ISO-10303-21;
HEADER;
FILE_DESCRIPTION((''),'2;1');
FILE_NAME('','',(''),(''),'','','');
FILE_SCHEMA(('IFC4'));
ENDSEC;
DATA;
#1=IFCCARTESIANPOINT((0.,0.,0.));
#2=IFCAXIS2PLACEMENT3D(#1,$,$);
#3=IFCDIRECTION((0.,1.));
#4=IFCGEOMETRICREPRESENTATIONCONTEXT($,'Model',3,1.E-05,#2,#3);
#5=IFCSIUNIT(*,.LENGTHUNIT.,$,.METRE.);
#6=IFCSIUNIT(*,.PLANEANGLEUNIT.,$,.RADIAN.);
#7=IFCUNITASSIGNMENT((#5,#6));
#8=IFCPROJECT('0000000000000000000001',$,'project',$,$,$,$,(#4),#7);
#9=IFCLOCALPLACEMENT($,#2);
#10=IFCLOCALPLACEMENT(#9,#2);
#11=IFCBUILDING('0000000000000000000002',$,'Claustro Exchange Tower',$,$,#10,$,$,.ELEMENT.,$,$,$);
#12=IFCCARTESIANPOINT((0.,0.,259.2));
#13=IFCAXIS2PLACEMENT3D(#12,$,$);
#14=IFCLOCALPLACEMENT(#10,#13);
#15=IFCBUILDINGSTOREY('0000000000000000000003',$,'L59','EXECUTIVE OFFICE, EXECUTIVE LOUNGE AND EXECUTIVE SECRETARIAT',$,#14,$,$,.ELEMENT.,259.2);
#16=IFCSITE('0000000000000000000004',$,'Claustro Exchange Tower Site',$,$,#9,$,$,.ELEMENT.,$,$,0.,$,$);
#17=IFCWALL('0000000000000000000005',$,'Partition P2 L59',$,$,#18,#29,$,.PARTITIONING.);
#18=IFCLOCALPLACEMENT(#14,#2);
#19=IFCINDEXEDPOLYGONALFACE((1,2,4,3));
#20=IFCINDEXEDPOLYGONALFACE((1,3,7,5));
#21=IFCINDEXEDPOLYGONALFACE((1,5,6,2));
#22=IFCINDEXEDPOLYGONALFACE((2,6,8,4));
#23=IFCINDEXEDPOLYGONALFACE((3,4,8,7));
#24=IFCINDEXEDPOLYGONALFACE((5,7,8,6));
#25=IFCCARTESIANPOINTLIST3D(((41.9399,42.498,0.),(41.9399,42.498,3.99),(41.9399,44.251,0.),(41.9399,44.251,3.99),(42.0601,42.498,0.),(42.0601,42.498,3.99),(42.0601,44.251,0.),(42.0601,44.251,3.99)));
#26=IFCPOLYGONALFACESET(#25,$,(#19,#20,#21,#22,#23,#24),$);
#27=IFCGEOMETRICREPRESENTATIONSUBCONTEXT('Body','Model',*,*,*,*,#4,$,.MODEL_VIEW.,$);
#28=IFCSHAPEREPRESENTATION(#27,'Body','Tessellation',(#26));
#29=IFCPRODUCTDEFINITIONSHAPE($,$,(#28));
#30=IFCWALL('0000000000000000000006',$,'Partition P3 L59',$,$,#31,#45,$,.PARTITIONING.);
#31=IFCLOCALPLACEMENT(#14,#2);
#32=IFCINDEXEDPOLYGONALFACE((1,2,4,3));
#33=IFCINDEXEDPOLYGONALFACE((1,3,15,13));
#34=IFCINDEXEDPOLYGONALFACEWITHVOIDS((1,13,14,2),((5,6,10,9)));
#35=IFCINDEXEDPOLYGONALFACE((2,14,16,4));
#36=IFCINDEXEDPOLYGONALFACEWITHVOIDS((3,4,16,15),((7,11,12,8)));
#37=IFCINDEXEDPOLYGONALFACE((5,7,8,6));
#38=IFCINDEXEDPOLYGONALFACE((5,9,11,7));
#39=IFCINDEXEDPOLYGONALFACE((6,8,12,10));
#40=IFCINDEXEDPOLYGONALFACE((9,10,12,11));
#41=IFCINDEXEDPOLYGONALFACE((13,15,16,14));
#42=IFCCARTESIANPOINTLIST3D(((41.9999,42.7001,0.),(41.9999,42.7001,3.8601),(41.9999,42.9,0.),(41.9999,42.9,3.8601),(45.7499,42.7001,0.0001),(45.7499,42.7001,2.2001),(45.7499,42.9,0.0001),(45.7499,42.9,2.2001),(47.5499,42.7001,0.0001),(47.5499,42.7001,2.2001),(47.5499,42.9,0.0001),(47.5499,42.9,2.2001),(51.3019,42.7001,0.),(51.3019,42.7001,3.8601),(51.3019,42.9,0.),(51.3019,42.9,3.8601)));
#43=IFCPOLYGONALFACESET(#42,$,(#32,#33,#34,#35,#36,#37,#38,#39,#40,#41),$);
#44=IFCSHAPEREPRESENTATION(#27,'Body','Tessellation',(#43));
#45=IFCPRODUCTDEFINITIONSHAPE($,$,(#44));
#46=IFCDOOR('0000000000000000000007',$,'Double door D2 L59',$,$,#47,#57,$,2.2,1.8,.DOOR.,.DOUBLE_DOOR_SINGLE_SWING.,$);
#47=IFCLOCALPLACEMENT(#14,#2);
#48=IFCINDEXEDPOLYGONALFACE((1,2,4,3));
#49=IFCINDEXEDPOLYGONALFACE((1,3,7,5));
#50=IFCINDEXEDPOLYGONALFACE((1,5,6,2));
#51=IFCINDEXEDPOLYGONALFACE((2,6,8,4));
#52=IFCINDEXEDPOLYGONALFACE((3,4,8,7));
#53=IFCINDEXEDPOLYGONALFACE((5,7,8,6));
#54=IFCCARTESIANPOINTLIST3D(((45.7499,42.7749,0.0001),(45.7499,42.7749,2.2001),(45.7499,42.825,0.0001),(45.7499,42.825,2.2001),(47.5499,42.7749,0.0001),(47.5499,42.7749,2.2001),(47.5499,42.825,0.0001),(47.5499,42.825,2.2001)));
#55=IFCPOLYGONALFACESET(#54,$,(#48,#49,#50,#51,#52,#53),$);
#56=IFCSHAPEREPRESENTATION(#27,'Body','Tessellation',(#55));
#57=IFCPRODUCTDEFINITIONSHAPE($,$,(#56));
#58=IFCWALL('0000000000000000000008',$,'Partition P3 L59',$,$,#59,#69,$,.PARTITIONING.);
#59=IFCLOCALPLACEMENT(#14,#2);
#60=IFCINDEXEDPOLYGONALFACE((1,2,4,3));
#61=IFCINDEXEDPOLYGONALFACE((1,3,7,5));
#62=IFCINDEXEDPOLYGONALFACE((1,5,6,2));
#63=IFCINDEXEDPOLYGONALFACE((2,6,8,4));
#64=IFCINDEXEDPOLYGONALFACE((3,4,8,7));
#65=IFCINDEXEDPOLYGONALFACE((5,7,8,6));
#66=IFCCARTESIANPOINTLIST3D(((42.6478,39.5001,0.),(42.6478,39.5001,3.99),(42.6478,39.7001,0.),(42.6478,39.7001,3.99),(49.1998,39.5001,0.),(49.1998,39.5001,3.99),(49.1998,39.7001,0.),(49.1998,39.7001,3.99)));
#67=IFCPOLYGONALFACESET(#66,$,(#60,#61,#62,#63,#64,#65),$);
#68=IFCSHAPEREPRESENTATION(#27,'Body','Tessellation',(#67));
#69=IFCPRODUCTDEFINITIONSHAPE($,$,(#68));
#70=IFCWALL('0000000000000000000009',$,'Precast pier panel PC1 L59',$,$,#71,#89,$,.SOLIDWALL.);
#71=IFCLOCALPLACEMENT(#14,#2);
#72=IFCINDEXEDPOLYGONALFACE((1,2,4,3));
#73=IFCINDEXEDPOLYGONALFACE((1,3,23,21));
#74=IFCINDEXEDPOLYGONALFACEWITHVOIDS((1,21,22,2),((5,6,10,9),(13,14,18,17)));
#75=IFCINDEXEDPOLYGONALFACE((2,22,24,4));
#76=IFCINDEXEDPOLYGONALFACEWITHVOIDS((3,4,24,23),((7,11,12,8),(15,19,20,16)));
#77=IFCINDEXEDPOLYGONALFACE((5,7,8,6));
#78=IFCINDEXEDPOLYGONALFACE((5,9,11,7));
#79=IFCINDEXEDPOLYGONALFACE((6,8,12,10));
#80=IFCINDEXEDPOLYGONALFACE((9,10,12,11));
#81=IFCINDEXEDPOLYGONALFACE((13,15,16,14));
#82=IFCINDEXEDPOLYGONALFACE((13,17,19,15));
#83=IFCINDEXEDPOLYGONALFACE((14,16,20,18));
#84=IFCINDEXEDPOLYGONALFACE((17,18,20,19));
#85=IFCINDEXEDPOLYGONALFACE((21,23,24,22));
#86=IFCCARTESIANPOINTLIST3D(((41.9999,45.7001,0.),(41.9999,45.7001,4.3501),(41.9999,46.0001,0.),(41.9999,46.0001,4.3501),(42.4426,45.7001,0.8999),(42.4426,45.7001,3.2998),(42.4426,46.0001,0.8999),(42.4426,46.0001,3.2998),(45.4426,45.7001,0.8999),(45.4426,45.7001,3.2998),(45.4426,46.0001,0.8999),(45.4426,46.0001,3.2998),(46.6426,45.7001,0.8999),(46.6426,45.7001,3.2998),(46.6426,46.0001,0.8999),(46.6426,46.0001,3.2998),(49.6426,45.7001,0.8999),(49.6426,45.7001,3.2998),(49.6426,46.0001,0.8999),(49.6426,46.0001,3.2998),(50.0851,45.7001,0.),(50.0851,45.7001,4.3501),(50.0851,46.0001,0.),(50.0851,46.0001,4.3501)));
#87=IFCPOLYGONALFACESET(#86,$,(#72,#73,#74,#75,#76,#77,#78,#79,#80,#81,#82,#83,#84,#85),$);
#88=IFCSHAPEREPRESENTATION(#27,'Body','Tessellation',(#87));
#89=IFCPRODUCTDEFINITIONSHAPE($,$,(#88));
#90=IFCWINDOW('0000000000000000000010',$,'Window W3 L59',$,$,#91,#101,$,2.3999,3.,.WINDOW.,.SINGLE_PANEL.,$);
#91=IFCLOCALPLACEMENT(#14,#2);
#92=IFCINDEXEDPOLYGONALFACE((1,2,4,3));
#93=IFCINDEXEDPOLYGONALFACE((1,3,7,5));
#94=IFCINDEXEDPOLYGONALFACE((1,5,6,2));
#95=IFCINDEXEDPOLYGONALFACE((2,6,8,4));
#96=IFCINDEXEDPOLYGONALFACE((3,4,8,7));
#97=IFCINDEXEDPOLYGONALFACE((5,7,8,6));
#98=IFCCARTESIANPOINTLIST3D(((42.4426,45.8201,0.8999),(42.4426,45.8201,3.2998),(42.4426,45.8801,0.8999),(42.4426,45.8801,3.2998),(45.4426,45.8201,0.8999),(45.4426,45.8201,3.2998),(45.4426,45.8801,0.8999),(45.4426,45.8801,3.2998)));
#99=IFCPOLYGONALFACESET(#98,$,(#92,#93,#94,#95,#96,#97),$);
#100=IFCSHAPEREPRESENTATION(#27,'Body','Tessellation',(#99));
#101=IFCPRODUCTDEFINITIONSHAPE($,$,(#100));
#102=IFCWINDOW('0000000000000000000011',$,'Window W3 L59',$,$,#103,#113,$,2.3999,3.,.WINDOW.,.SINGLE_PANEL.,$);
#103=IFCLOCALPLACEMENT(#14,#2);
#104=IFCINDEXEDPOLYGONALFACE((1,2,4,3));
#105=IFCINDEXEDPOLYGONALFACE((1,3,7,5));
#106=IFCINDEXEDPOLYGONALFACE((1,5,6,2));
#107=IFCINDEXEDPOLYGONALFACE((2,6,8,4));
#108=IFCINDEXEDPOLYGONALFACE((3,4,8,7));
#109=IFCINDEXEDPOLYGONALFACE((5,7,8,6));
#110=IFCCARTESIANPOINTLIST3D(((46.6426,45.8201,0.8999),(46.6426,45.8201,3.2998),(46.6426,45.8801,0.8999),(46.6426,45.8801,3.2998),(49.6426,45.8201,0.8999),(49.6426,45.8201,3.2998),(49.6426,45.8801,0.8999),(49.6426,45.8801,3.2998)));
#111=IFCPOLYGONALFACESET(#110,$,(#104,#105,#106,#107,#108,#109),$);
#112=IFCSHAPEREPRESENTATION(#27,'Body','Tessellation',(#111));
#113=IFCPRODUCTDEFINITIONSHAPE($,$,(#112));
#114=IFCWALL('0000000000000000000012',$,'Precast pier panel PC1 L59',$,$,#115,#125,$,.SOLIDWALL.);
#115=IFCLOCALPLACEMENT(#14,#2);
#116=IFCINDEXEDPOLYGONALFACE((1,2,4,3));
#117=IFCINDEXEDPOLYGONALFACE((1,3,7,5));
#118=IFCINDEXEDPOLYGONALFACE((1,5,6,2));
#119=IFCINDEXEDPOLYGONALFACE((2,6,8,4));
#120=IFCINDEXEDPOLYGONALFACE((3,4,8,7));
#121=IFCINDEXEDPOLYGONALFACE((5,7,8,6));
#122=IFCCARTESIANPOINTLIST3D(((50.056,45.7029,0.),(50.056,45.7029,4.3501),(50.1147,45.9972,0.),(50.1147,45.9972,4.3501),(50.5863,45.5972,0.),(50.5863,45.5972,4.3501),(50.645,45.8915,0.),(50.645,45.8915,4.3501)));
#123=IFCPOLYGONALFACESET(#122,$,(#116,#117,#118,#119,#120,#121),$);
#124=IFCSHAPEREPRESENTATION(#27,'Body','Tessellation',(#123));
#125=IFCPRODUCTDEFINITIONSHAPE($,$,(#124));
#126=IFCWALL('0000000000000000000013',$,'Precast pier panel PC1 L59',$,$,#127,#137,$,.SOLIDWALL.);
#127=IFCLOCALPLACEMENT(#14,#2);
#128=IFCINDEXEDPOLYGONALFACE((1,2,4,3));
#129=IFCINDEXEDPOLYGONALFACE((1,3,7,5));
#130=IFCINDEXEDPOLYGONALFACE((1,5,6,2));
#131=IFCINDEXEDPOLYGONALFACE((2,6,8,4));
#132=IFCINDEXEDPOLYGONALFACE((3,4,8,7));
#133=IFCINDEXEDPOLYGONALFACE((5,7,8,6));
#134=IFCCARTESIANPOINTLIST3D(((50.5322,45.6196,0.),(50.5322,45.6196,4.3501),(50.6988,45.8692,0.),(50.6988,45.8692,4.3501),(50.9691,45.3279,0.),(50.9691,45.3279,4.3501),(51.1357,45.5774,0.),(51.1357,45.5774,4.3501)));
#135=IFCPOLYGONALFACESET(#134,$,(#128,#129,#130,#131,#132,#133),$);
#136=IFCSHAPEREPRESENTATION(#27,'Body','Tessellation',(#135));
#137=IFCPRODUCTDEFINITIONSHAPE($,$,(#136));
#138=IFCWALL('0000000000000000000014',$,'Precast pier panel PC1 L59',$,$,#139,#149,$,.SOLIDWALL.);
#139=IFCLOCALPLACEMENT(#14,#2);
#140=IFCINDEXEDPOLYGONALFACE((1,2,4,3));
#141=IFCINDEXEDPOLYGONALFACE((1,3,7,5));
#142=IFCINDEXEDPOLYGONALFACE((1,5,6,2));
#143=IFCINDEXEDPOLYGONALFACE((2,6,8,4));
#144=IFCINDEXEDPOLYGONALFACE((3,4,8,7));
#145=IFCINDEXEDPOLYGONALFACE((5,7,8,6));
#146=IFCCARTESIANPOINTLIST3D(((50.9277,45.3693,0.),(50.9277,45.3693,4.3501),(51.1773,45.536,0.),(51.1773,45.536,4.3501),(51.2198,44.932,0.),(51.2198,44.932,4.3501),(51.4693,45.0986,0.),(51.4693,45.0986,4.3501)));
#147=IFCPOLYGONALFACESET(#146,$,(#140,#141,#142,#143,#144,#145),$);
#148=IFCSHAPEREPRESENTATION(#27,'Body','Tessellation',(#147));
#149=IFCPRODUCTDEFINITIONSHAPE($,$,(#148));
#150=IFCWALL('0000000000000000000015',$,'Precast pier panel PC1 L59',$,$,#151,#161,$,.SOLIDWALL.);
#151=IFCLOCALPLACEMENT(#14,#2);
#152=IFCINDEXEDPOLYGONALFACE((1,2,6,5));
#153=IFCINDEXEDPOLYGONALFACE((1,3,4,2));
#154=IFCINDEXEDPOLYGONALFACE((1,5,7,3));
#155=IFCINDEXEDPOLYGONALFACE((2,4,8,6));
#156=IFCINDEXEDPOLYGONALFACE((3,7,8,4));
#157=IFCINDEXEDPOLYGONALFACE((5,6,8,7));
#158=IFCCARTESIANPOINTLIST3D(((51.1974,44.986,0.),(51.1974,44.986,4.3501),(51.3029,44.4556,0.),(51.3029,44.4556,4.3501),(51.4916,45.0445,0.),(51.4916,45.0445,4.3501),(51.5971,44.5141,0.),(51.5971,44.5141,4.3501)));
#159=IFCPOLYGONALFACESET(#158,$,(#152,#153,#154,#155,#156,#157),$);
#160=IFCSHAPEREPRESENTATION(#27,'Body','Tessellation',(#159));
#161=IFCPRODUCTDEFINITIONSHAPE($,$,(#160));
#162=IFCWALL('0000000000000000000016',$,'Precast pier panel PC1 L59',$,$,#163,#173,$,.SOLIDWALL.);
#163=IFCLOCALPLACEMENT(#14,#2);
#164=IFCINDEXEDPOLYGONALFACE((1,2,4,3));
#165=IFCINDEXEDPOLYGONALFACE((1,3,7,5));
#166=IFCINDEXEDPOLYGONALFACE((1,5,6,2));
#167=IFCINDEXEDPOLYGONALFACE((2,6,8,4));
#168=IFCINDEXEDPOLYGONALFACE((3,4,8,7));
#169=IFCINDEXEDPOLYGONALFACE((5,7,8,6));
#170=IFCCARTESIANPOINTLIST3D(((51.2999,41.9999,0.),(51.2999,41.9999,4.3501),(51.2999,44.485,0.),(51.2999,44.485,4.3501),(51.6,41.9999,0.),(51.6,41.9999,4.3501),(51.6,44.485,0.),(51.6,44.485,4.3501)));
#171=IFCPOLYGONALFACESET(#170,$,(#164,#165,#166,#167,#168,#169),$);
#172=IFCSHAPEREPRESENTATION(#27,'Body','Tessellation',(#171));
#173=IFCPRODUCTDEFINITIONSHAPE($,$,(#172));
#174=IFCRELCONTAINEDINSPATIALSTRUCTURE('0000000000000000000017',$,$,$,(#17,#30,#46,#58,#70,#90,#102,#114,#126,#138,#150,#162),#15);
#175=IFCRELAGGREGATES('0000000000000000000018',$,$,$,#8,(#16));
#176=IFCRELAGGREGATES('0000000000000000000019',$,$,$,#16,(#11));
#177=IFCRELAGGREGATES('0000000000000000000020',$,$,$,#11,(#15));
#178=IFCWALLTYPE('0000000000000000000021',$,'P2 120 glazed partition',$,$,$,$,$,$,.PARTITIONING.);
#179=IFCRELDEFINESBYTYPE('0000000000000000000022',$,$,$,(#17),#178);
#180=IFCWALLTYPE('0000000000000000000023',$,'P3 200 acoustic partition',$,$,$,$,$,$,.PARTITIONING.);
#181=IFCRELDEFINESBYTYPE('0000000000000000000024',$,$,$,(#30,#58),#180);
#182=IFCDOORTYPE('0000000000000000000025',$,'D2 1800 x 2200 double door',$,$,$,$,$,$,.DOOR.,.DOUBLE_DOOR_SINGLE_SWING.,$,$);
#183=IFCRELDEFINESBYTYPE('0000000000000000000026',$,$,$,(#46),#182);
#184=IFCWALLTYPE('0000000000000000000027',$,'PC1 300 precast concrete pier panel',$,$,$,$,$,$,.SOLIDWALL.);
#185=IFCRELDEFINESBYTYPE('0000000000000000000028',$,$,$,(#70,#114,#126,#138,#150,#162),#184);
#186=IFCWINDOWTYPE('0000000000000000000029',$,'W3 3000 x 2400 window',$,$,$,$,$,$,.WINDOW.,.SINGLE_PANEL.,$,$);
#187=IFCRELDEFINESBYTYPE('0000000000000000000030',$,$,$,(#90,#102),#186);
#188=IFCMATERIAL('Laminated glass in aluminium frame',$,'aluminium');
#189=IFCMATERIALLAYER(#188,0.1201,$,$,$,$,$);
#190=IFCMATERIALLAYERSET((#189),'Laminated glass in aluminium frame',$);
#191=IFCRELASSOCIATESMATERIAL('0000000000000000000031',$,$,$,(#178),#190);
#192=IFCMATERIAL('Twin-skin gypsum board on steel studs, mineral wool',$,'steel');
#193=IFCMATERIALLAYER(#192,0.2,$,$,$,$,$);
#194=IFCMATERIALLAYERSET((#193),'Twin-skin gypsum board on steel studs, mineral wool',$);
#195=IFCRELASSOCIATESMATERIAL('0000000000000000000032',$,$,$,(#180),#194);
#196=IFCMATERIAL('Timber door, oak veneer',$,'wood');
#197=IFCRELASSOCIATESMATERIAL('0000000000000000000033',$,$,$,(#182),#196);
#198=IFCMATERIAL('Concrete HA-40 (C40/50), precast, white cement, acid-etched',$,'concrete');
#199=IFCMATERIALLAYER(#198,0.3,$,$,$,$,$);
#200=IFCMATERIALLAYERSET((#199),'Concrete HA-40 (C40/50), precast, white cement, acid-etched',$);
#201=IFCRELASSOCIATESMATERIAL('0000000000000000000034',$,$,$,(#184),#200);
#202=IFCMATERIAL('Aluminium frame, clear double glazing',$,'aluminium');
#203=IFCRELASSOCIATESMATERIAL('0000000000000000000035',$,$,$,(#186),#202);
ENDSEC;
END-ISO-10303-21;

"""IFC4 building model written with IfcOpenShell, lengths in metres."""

from ifc_helpers import new_model, si_unit, direction, frame, frame_2d, origin, place, context, subcontext, project, spatial, rectangle, extrude, material, layer, layer_set, type_object, element, fill, save


model = new_model("IFC4")

# Units and contexts
model_context = context("Model", 3, precision=1e-05, world=origin(), true_north=direction((0.0, 1.0)))
body_context = subcontext(model_context, "Body", "Model", "MODEL_VIEW")
ifc_project = project(units=[si_unit("LENGTHUNIT", "METRE"), si_unit("PLANEANGLEUNIT", "RADIAN")], contexts=[model_context])

# Site, building, storey
site_placement = place(None, origin())
site = spatial("IfcSite", under=ifc_project, at=site_placement, Name="Claustro Exchange Tower Site", CompositionType="ELEMENT", RefElevation=0.0)
building_placement = place(site_placement, origin())
building = spatial("IfcBuilding", under=site, at=building_placement, Name="Claustro Exchange Tower", CompositionType="ELEMENT")
storey_placement = place(building_placement, frame((0.0, 0.0, 259.2)))
storey = spatial("IfcBuildingStorey", under=building, at=storey_placement, Name="L59", Description="EXECUTIVE OFFICE, EXECUTIVE LOUNGE AND EXECUTIVE SECRETARIAT", CompositionType="ELEMENT", Elevation=259.2)

# Wall
ifc_material_1 = material(Name="Laminated glass in aluminium frame", Category="aluminium")
ifc_layer_1 = layer(ifc_material_1, 0.1201)
ifc_layer_set_1 = layer_set([ifc_layer_1], Name="Laminated glass in aluminium frame")
wall_type_1 = type_object("IfcWallType", Name="P2 120 glazed partition", PredefinedType="PARTITIONING", material=ifc_layer_set_1)
wall_1_placement = place(storey_placement, frame((42.0, 42.498, 0.0), z_axis=(0.0, 0.0, 1.0), x_axis=(0.0, 1.0, 0.0)))
element("IfcWall", 1, at=wall_1_placement, inside=storey, type_object=wall_type_1, Name="Partition P2 L59", PredefinedType="PARTITIONING", context=body_context, shape_type="SweptSolid", body=[
    extrude(rectangle(XDim=1.7529, YDim=0.1201, at=frame_2d((0.8765, 0.0))), origin(), (0.0, 0.0, 1.0), 3.99),
])

# Wall, opening, door
ifc_material_2 = material(Name="Twin-skin gypsum board on steel studs, mineral wool", Category="steel")
ifc_layer_2 = layer(ifc_material_2, 0.2)
ifc_layer_set_2 = layer_set([ifc_layer_2], Name="Twin-skin gypsum board on steel studs, mineral wool")
wall_type_2 = type_object("IfcWallType", Name="P3 200 acoustic partition", PredefinedType="PARTITIONING", material=ifc_layer_set_2)
wall_2_placement = place(storey_placement, frame((42.0, 42.8, 0.0), z_axis=(0.0, 0.0, 1.0), x_axis=(1.0, 0.0, 0.0)))
wall_2 = element("IfcWall", 2, at=wall_2_placement, inside=storey, type_object=wall_type_2, Name="Partition P3 L59", PredefinedType="PARTITIONING", context=body_context, shape_type="SweptSolid", body=[
    extrude(rectangle(XDim=9.302, YDim=0.2, at=frame_2d((4.6509, 0.0))), origin(), (0.0, 0.0, 1.0), 3.8601),
])
opening_1_placement = place(wall_2_placement, frame((3.75, 0.0, 0.0)))
opening_1 = element("IfcOpeningElement", 3, at=opening_1_placement, cuts=wall_2, PredefinedType="OPENING", context=body_context, shape_type="SweptSolid", body=[
    extrude(rectangle(XDim=1.8, YDim=2.2, at=frame_2d((0.8999, 1.1001))), frame((0.0, 0.1099, 0.0), z_axis=(0.0, -1.0, 0.0), x_axis=(1.0, 0.0, 0.0)), (0.0, 0.0, 1.0), 0.22),
])
ifc_material_3 = material(Name="Timber door, oak veneer", Category="wood")
door_type = type_object("IfcDoorType", Name="D2 1800 x 2200 double door", OperationType="DOUBLE_DOOR_SINGLE_SWING", PredefinedType="DOOR", material=ifc_material_3)
door_placement = place(opening_1_placement, origin())
door = element("IfcDoor", 4, at=door_placement, inside=storey, type_object=door_type, Name="Double door D2 L59", OperationType="DOUBLE_DOOR_SINGLE_SWING", OverallHeight=2.2, OverallWidth=1.8, PredefinedType="DOOR", context=body_context, shape_type="SweptSolid", body=[
    extrude(rectangle(XDim=1.8, YDim=2.2, at=frame_2d((0.8999, 1.1001))), frame((0.0, 0.0249, 0.0), z_axis=(0.0, -1.0, 0.0), x_axis=(1.0, 0.0, 0.0)), (0.0, 0.0, 1.0), 0.05),
])
fill(opening_1, door)

# Wall
wall_3_placement = place(storey_placement, frame((42.6479, 39.6001, 0.0), z_axis=(0.0, 0.0, 1.0), x_axis=(1.0, 0.0, 0.0)))
element("IfcWall", 5, at=wall_3_placement, inside=storey, type_object=wall_type_2, Name="Partition P3 L59", PredefinedType="PARTITIONING", context=body_context, shape_type="SweptSolid", body=[
    extrude(rectangle(XDim=6.552, YDim=0.2, at=frame_2d((3.2759, 0.0))), origin(), (0.0, 0.0, 1.0), 3.99),
])

# Wall, openings, windows
ifc_material_4 = material(Name="Concrete HA-40 (C40/50), precast, white cement, acid-etched", Category="concrete")
ifc_layer_3 = layer(ifc_material_4, 0.3)
ifc_layer_set_3 = layer_set([ifc_layer_3], Name="Concrete HA-40 (C40/50), precast, white cement, acid-etched")
wall_type_3 = type_object("IfcWallType", Name="PC1 300 precast concrete pier panel", PredefinedType="SOLIDWALL", material=ifc_layer_set_3)
wall_4_placement = place(storey_placement, frame((42.0, 45.8501, 0.0), z_axis=(0.0, 0.0, 1.0), x_axis=(1.0, 0.0, 0.0)))
wall_4 = element("IfcWall", 6, at=wall_4_placement, inside=storey, type_object=wall_type_3, Name="Precast pier panel PC1 L59", PredefinedType="SOLIDWALL", context=body_context, shape_type="SweptSolid", body=[
    extrude(rectangle(XDim=8.0852, YDim=0.3, at=frame_2d((4.0425, 0.0))), origin(), (0.0, 0.0, 1.0), 4.3501),
])
opening_2_placement = place(wall_4_placement, frame((0.4426, 0.0, 0.8999)))
opening_2 = element("IfcOpeningElement", 7, at=opening_2_placement, cuts=wall_4, PredefinedType="OPENING", context=body_context, shape_type="SweptSolid", body=[
    extrude(rectangle(XDim=3.0, YDim=2.3999, at=frame_2d((1.5, 1.2))), frame((0.0, 0.1599, 0.0), z_axis=(0.0, -1.0, 0.0), x_axis=(1.0, 0.0, 0.0)), (0.0, 0.0, 1.0), 0.3201),
])
opening_3_placement = place(wall_4_placement, frame((4.6426, 0.0, 0.8999)))
opening_3 = element("IfcOpeningElement", 8, at=opening_3_placement, cuts=wall_4, PredefinedType="OPENING", context=body_context, shape_type="SweptSolid", body=[
    extrude(rectangle(XDim=3.0, YDim=2.3999, at=frame_2d((1.5, 1.2))), frame((0.0, 0.1599, 0.0), z_axis=(0.0, -1.0, 0.0), x_axis=(1.0, 0.0, 0.0)), (0.0, 0.0, 1.0), 0.3201),
])
ifc_material_5 = material(Name="Aluminium frame, clear double glazing", Category="aluminium")
window_type_1 = type_object("IfcWindowType", Name="W3 3000 x 2400 window", PartitioningType="SINGLE_PANEL", PredefinedType="WINDOW", material=ifc_material_5)
window_1_placement = place(opening_2_placement, origin())
window_1 = element("IfcWindow", 9, at=window_1_placement, inside=storey, type_object=window_type_1, Name="Window W3 L59", OverallHeight=2.3999, OverallWidth=3.0, PartitioningType="SINGLE_PANEL", PredefinedType="WINDOW", context=body_context, shape_type="SweptSolid", body=[
    extrude(rectangle(XDim=3.0, YDim=2.3999, at=frame_2d((1.5, 1.2))), frame((0.0, 0.03, 0.0), z_axis=(0.0, -1.0, 0.0), x_axis=(1.0, 0.0, 0.0)), (0.0, 0.0, 1.0), 0.0601),
])
fill(opening_2, window_1)
window_2_placement = place(opening_3_placement, origin())
window_2 = element("IfcWindow", 10, at=window_2_placement, inside=storey, type_object=window_type_1, Name="Window W3 L59", OverallHeight=2.3999, OverallWidth=3.0, PartitioningType="SINGLE_PANEL", PredefinedType="WINDOW", context=body_context, shape_type="SweptSolid", body=[
    extrude(rectangle(XDim=3.0, YDim=2.3999, at=frame_2d((1.5, 1.2))), frame((0.0, 0.03, 0.0), z_axis=(0.0, -1.0, 0.0), x_axis=(1.0, 0.0, 0.0)), (0.0, 0.0, 1.0), 0.0601),
])
fill(opening_3, window_2)

# Walls
wall_5_placement = place(storey_placement, frame((50.0852, 45.8501, 0.0), z_axis=(0.0, 0.0, 1.0), x_axis=(0.980702, -0.195508, 0.0)))
element("IfcWall", 11, at=wall_5_placement, inside=storey, type_object=wall_type_3, Name="Precast pier panel PC1 L59", PredefinedType="SOLIDWALL", context=body_context, shape_type="SweptSolid", body=[
    extrude(rectangle(XDim=0.5408, YDim=0.3, at=frame_2d((0.2705, 0.0))), origin(), (0.0, 0.0, 1.0), 4.3501),
])
wall_6_placement = place(storey_placement, frame((50.6155, 45.7444, 0.0), z_axis=(0.0, 0.0, 1.0), x_axis=(0.831693, -0.555236, 0.0)))
element("IfcWall", 12, at=wall_6_placement, inside=storey, type_object=wall_type_3, Name="Precast pier panel PC1 L59", PredefinedType="SOLIDWALL", context=body_context, shape_type="SweptSolid", body=[
    extrude(rectangle(XDim=0.5254, YDim=0.3, at=frame_2d((0.2627, 0.0))), origin(), (0.0, 0.0, 1.0), 4.3501),
])
wall_7_placement = place(storey_placement, frame((51.0525, 45.4526, 0.0), z_axis=(0.0, 0.0, 1.0), x_axis=(0.555343, -0.831621, 0.0)))
element("IfcWall", 13, at=wall_7_placement, inside=storey, type_object=wall_type_3, Name="Precast pier panel PC1 L59", PredefinedType="SOLIDWALL", context=body_context, shape_type="SweptSolid", body=[
    extrude(rectangle(XDim=0.5259, YDim=0.3, at=frame_2d((0.2629, 0.0))), origin(), (0.0, 0.0, 1.0), 4.3501),
])
wall_8_placement = place(storey_placement, frame((51.3445, 45.0154, 0.0), z_axis=(0.0, 0.0, 1.0), x_axis=(0.195074, -0.980789, 0.0)))
element("IfcWall", 14, at=wall_8_placement, inside=storey, type_object=wall_type_3, Name="Precast pier panel PC1 L59", PredefinedType="SOLIDWALL", context=body_context, shape_type="SweptSolid", body=[
    extrude(rectangle(XDim=0.5408, YDim=0.3, at=frame_2d((0.2705, 0.0))), origin(), (0.0, 0.0, 1.0), 4.3501),
])
wall_9_placement = place(storey_placement, frame((51.45, 44.4851, 0.0), z_axis=(0.0, 0.0, 1.0), x_axis=(0.0, -1.0, 0.0)))
element("IfcWall", 15, at=wall_9_placement, inside=storey, type_object=wall_type_3, Name="Precast pier panel PC1 L59", PredefinedType="SOLIDWALL", context=body_context, shape_type="SweptSolid", body=[
    extrude(rectangle(XDim=2.4851, YDim=0.3, at=frame_2d((1.2427, 0.0))), origin(), (0.0, 0.0, 1.0), 4.3501),
])

save(model, "model.ifc")
